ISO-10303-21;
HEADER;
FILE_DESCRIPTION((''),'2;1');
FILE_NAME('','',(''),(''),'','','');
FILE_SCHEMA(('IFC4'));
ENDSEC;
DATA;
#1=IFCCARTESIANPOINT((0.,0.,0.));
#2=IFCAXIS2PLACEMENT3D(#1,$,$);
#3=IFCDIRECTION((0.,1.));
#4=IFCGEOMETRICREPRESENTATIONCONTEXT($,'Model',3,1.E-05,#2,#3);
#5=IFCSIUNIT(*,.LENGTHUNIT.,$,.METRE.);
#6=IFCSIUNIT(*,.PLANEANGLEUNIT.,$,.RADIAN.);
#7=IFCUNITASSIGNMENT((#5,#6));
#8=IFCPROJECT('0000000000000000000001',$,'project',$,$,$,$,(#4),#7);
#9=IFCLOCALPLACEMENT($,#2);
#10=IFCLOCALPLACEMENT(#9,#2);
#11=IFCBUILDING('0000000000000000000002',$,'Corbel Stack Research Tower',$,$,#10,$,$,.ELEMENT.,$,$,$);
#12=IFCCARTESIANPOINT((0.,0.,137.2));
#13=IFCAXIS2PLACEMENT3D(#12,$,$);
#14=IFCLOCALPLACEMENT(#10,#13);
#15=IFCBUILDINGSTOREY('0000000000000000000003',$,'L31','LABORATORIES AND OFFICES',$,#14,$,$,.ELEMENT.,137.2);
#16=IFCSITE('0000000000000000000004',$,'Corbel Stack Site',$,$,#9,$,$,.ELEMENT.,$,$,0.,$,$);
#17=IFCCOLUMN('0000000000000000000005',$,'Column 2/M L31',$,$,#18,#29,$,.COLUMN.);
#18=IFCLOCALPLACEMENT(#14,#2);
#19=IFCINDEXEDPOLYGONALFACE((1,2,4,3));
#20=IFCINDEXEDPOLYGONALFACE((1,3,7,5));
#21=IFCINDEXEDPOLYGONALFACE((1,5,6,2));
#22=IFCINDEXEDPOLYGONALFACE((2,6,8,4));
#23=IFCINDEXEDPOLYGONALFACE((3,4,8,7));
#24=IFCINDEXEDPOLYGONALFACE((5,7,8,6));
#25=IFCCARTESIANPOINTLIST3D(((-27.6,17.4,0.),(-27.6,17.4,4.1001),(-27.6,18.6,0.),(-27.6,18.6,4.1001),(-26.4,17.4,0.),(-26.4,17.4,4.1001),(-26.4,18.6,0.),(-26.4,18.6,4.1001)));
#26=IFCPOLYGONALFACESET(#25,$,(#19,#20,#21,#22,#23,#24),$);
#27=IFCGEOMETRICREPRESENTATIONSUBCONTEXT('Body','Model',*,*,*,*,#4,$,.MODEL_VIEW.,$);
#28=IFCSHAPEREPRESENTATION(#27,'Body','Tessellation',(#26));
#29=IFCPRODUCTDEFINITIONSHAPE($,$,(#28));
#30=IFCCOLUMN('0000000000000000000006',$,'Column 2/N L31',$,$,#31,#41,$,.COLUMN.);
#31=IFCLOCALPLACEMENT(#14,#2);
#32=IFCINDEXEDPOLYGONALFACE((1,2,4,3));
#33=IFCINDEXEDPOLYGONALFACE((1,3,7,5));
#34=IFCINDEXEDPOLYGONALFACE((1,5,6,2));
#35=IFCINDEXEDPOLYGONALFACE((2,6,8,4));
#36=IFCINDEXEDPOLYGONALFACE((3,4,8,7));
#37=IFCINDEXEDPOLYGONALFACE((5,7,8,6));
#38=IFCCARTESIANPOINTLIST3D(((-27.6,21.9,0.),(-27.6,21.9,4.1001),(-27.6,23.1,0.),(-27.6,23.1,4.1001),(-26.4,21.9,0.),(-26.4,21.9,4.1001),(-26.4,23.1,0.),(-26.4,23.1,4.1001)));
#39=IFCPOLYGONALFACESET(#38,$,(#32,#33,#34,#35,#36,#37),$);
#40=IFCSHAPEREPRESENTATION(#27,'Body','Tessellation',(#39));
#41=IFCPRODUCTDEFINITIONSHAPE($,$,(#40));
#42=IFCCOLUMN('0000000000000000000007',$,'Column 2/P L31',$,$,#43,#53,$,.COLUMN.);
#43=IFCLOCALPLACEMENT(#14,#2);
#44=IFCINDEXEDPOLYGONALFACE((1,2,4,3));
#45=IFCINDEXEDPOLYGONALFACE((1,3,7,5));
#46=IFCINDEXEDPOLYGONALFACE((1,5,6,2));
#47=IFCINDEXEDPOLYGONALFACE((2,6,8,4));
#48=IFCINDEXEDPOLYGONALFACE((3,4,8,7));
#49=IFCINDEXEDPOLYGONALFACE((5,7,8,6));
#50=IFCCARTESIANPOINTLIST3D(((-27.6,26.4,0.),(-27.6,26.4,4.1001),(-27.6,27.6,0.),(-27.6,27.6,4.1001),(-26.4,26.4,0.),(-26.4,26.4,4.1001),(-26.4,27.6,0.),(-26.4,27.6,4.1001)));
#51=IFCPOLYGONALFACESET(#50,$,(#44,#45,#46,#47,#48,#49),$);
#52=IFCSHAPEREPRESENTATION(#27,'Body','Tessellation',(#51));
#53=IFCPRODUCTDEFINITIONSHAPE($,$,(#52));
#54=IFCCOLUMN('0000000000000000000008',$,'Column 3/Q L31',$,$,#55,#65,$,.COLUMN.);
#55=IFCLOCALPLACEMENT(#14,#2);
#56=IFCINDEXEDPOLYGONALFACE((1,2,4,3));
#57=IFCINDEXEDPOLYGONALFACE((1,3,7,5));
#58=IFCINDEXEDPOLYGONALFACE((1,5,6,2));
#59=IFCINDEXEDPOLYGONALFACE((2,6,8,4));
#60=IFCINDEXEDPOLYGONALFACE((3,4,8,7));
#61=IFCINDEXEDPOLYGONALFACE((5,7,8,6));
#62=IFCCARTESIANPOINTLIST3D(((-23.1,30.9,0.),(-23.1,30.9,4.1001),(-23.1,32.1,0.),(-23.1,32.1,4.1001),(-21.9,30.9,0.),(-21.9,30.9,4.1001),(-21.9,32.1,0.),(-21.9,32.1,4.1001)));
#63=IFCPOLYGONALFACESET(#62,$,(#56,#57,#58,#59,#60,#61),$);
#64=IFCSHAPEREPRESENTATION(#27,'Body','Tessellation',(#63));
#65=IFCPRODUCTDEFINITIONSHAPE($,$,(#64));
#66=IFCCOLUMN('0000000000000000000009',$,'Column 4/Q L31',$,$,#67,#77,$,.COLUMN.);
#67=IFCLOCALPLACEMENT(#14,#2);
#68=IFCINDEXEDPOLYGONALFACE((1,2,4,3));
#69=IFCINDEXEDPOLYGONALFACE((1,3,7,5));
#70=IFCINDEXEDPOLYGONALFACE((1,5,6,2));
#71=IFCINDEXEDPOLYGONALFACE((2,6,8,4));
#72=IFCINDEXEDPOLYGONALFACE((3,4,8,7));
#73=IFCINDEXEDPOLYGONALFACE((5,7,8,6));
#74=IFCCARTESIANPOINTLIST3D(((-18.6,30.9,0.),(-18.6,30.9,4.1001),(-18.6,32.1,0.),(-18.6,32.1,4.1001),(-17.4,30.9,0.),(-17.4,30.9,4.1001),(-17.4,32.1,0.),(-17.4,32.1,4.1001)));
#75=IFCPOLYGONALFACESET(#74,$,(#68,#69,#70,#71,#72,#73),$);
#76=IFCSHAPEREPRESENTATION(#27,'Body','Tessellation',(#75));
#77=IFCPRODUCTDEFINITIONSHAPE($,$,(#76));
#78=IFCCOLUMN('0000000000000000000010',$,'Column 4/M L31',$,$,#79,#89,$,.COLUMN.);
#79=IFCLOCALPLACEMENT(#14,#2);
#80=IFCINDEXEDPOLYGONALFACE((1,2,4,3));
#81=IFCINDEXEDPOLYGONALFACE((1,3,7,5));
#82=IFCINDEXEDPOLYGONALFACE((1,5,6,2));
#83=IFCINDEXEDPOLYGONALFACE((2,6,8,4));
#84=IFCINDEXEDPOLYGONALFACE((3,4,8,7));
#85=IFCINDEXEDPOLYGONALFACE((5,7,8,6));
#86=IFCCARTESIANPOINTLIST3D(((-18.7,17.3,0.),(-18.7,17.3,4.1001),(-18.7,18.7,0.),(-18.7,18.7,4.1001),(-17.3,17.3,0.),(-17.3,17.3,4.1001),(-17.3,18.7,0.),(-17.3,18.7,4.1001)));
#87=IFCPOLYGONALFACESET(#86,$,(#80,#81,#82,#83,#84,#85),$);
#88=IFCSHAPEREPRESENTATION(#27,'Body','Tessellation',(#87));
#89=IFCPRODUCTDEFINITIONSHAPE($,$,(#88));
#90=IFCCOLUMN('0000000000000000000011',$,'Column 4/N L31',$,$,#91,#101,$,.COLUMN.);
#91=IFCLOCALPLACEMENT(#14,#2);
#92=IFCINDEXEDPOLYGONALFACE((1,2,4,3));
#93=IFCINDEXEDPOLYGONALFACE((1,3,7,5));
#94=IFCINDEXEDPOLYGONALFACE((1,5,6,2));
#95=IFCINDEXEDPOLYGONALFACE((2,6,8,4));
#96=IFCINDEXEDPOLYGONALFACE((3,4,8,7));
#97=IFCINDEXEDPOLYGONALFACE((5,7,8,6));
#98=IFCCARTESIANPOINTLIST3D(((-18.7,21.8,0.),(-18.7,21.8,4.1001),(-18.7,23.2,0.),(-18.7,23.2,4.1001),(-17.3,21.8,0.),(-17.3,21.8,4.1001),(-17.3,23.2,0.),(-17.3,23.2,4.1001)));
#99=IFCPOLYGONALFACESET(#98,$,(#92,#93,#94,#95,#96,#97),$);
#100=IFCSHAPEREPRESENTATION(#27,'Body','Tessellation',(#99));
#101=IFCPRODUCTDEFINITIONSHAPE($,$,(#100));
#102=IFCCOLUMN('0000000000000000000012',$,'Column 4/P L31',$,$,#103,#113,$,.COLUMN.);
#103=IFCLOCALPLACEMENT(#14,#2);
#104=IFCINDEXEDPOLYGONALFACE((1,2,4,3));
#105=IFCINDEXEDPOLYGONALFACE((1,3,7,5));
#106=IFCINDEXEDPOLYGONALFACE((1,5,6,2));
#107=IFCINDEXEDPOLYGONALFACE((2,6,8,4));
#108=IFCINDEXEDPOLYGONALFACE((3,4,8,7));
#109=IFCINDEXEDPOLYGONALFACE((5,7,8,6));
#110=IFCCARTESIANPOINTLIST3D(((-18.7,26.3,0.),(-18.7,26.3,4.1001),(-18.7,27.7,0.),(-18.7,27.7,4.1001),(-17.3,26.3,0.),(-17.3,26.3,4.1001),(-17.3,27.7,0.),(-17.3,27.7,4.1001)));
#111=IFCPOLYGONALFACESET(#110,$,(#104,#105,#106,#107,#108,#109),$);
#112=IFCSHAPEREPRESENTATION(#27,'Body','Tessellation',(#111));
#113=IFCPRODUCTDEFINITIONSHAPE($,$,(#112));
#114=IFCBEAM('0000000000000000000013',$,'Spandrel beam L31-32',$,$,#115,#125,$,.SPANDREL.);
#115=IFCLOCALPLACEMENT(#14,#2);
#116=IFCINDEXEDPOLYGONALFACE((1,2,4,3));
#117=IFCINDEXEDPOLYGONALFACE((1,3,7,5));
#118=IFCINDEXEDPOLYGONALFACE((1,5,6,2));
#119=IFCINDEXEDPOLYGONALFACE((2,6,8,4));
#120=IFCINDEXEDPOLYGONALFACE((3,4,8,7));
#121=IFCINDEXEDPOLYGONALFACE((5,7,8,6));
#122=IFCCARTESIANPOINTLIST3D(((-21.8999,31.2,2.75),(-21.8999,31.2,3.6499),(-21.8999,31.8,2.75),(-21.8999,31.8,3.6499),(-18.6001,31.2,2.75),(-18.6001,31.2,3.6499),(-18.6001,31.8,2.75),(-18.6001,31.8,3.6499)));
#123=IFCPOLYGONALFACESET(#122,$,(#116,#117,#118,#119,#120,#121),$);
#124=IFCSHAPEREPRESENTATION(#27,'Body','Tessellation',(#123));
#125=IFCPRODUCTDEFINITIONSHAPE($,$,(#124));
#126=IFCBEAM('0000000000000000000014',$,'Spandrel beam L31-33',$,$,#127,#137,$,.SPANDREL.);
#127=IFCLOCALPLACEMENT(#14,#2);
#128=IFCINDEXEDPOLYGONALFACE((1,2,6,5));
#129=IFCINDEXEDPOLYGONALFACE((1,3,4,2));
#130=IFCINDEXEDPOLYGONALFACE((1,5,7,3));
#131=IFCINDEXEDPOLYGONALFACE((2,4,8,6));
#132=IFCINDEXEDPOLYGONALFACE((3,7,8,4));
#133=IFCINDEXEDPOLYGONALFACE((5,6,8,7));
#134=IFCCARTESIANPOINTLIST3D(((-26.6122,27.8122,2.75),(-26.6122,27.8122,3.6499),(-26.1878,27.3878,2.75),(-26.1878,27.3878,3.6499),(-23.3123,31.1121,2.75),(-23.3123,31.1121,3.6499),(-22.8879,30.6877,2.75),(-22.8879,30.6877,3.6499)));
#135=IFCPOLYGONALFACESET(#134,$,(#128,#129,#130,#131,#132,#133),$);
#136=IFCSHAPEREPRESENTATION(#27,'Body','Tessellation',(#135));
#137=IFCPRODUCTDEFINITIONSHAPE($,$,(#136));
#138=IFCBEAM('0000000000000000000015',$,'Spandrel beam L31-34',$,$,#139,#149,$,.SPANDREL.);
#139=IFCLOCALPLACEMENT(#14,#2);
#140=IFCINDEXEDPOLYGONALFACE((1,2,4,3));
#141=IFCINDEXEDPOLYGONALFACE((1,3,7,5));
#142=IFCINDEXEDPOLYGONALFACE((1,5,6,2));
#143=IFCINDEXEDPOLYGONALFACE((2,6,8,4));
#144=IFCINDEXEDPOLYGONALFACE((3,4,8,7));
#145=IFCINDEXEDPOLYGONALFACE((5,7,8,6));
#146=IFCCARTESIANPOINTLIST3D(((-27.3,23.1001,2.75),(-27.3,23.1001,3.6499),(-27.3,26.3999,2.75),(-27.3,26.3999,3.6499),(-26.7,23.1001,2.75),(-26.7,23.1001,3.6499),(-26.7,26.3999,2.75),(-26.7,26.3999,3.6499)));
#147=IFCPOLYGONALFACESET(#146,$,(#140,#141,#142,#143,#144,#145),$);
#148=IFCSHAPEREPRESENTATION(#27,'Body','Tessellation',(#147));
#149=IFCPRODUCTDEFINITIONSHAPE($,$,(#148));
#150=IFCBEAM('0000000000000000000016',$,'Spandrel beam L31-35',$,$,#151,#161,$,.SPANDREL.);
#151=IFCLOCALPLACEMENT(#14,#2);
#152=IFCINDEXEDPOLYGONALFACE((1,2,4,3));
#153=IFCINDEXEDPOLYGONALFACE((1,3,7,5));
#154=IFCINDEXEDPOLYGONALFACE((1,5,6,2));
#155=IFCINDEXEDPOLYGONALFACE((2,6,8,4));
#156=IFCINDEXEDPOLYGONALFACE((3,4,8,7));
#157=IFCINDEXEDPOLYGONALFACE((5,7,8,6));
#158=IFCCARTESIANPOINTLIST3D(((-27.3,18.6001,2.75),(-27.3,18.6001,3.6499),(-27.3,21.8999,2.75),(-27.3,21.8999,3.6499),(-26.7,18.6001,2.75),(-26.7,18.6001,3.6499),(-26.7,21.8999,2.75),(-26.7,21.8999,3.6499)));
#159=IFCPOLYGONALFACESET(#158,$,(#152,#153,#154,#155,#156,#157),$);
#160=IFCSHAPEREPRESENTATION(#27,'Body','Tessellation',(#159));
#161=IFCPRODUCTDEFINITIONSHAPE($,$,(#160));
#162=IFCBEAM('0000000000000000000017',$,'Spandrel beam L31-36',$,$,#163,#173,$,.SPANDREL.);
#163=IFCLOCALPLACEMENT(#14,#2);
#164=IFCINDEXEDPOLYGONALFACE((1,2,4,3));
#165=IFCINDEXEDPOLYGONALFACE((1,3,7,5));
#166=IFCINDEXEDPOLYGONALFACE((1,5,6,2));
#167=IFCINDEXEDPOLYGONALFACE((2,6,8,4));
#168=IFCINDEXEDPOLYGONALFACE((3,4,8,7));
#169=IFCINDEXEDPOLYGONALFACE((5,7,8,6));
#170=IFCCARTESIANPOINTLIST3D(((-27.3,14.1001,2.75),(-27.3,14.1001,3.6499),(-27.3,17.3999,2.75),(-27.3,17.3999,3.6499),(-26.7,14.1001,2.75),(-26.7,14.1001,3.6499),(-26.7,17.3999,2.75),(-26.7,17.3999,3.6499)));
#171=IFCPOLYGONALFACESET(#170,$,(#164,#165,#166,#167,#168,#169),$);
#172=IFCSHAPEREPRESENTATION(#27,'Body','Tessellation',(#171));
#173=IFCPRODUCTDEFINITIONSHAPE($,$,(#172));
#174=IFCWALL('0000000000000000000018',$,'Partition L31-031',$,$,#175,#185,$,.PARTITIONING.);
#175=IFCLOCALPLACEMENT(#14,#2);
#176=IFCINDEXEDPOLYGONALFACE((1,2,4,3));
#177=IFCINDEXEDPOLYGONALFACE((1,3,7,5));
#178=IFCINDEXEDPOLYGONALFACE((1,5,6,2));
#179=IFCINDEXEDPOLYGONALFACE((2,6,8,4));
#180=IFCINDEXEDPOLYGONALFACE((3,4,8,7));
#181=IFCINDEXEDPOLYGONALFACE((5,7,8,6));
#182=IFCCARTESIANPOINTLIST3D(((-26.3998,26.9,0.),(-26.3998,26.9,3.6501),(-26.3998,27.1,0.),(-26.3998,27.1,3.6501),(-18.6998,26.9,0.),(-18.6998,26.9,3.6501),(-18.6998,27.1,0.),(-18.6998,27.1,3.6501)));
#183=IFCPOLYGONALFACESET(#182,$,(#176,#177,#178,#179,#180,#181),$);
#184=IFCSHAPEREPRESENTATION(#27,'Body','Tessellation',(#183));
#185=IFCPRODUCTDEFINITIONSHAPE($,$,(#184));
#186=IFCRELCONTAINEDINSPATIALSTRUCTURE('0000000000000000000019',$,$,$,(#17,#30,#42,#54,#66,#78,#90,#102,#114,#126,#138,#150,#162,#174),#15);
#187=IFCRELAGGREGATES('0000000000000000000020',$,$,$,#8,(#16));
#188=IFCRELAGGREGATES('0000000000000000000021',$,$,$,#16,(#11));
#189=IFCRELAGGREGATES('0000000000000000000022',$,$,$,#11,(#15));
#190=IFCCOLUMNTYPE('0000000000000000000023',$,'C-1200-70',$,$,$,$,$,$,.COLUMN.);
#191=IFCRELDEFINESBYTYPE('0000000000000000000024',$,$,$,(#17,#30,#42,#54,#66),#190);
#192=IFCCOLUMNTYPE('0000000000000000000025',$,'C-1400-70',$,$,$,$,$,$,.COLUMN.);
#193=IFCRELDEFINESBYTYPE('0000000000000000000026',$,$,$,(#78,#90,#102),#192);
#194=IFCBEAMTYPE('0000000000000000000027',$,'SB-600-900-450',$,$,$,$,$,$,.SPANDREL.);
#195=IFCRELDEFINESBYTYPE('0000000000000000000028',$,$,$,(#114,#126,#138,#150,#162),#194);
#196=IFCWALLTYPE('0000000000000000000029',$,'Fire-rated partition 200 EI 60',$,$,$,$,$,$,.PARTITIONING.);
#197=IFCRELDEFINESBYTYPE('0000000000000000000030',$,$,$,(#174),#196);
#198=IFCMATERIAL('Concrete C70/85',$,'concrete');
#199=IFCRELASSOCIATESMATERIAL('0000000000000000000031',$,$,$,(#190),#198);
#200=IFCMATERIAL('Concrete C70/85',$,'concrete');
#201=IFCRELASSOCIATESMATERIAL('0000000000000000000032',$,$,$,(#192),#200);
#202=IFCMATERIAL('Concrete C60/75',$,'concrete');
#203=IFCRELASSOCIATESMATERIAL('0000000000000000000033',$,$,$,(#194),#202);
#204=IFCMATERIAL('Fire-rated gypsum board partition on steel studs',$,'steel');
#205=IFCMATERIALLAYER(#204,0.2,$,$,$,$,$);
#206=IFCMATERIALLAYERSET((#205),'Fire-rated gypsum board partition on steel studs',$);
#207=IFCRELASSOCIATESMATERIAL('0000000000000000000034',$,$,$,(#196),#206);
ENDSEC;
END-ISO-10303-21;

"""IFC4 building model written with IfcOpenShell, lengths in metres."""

from ifc_helpers import new_model, si_unit, direction, frame, frame_2d, origin, origin_2d, place, context, subcontext, project, spatial, rectangle, extrude, material, layer, layer_set, material_profile, profile_set, type_object, element, save


model = new_model("IFC4")

# Units and contexts
model_context = context("Model", 3, precision=1e-05, world=origin(), true_north=direction((0.0, 1.0)))
body_context = subcontext(model_context, "Body", "Model", "MODEL_VIEW")
ifc_project = project(units=[si_unit("LENGTHUNIT", "METRE"), si_unit("PLANEANGLEUNIT", "RADIAN")], contexts=[model_context])

# Site, building, storey
site_placement = place(None, origin())
site = spatial("IfcSite", under=ifc_project, at=site_placement, Name="Corbel Stack Site", CompositionType="ELEMENT", RefElevation=0.0)
building_placement = place(site_placement, origin())
building = spatial("IfcBuilding", under=site, at=building_placement, Name="Corbel Stack Research Tower", CompositionType="ELEMENT")
storey_placement = place(building_placement, frame((0.0, 0.0, 137.2)))
storey = spatial("IfcBuildingStorey", under=building, at=storey_placement, Name="L31", Description="LABORATORIES AND OFFICES", CompositionType="ELEMENT", Elevation=137.2)

# Columns
ifc_material_1 = material(Name="Concrete C70/85", Category="concrete")
ifc_material_profile_1 = material_profile(ifc_material_1, rectangle(XDim=1.2, YDim=1.2, at=origin_2d()), Name="RC 1200 x 1200")
ifc_profile_set_1 = profile_set([ifc_material_profile_1], Name="Concrete C70/85")
column_type_1 = type_object("IfcColumnType", Name="C-1200-70", PredefinedType="COLUMN", material=ifc_profile_set_1)
for number, where, z_axis, x_axis, name in (
    (1, (-27.0, 18.0, 0.0), (0.0, 0.0, 1.0), (1.0, 0.0, 0.0), "Column 2/M L31"),
    (2, (-27.0, 22.5, 0.0), (0.0, 0.0, 1.0), (1.0, 0.0, 0.0), "Column 2/N L31"),
    (3, (-27.0, 27.0, 0.0), (0.0, 0.0, 1.0), (1.0, 0.0, 0.0), "Column 2/P L31"),
    (4, (-22.5, 31.5, 0.0), (0.0, 0.0, 1.0), (1.0, 0.0, 0.0), "Column 3/Q L31"),
    (5, (-18.0, 31.5, 0.0), (0.0, 0.0, 1.0), (1.0, 0.0, 0.0), "Column 4/Q L31"),
):
    element("IfcColumn", number, at=place(storey_placement, frame(where, z_axis=z_axis, x_axis=x_axis)), inside=storey, type_object=column_type_1, Name=name, PredefinedType="COLUMN", context=body_context, shape_type="SweptSolid", body=[
        extrude(rectangle(XDim=1.2, YDim=1.2, at=origin_2d()), origin(), (0.0, 0.0, 1.0), 4.1001),
    ])
ifc_material_2 = material(Name="Concrete C70/85", Category="concrete")
ifc_material_profile_2 = material_profile(ifc_material_2, rectangle(XDim=1.3999, YDim=1.3999, at=origin_2d()), Name="RC 1400 x 1400")
ifc_profile_set_2 = profile_set([ifc_material_profile_2], Name="Concrete C70/85")
column_type_2 = type_object("IfcColumnType", Name="C-1400-70", PredefinedType="COLUMN", material=ifc_profile_set_2)
for number, where, z_axis, x_axis, name in (
    (6, (-18.0, 18.0, 0.0), (0.0, 0.0, 1.0), (1.0, 0.0, 0.0), "Column 4/M L31"),
    (7, (-18.0, 22.5, 0.0), (0.0, 0.0, 1.0), (1.0, 0.0, 0.0), "Column 4/N L31"),
    (8, (-18.0, 27.0, 0.0), (0.0, 0.0, 1.0), (1.0, 0.0, 0.0), "Column 4/P L31"),
):
    element("IfcColumn", number, at=place(storey_placement, frame(where, z_axis=z_axis, x_axis=x_axis)), inside=storey, type_object=column_type_2, Name=name, PredefinedType="COLUMN", context=body_context, shape_type="SweptSolid", body=[
        extrude(rectangle(XDim=1.3999, YDim=1.3999, at=origin_2d()), origin(), (0.0, 0.0, 1.0), 4.1001),
    ])

# Beams
ifc_material_3 = material(Name="Concrete C60/75", Category="concrete")
ifc_material_profile_3 = material_profile(ifc_material_3, rectangle(XDim=0.6001, YDim=0.8999, at=origin_2d()), Name="RC 600 x 900")
ifc_profile_set_3 = profile_set([ifc_material_profile_3], Name="Concrete C60/75")
beam_type = type_object("IfcBeamType", Name="SB-600-900-450", PredefinedType="SPANDREL", material=ifc_profile_set_3)
beam_1_placement = place(storey_placement, frame((-18.6001, 31.5, 3.2), z_axis=(-1.0, 0.0, 0.0), x_axis=(0.0, -1.0, 0.0)))
element("IfcBeam", 9, at=beam_1_placement, inside=storey, type_object=beam_type, Name="Spandrel beam L31-32", PredefinedType="SPANDREL", context=body_context, shape_type="SweptSolid", body=[
    extrude(rectangle(XDim=0.6001, YDim=0.8999, at=origin_2d()), origin(), (0.0, 0.0, 1.0), 3.2998),
])
beam_2_placement = place(storey_placement, frame((-23.1001, 30.8999, 3.2), z_axis=(-0.707107, -0.707107, 0.0), x_axis=(0.707107, -0.707107, 0.0)))
element("IfcBeam", 10, at=beam_2_placement, inside=storey, type_object=beam_type, Name="Spandrel beam L31-33", PredefinedType="SPANDREL", context=body_context, shape_type="SweptSolid", body=[
    extrude(rectangle(XDim=0.6001, YDim=0.8999, at=origin_2d()), origin(), (0.0, 0.0, 1.0), 4.6667),
])
for number, where, z_axis, x_axis, name in (
    (11, (-27.0, 26.3999, 3.2), (0.0, -1.0, 0.0), (1.0, 0.0, 0.0), "Spandrel beam L31-34"),
    (12, (-27.0, 21.8999, 3.2), (0.0, -1.0, 0.0), (1.0, 0.0, 0.0), "Spandrel beam L31-35"),
    (13, (-27.0, 17.3999, 3.2), (0.0, -1.0, 0.0), (1.0, 0.0, 0.0), "Spandrel beam L31-36"),
):
    element("IfcBeam", number, at=place(storey_placement, frame(where, z_axis=z_axis, x_axis=x_axis)), inside=storey, type_object=beam_type, Name=name, PredefinedType="SPANDREL", context=body_context, shape_type="SweptSolid", body=[
        extrude(rectangle(XDim=0.6001, YDim=0.8999, at=origin_2d()), origin(), (0.0, 0.0, 1.0), 3.2998),
    ])

# Wall
ifc_material_4 = material(Name="Fire-rated gypsum board partition on steel studs", Category="steel")
ifc_layer_1 = layer(ifc_material_4, 0.2)
ifc_layer_set_1 = layer_set([ifc_layer_1], Name="Fire-rated gypsum board partition on steel studs")
wall_type_1 = type_object("IfcWallType", Name="Fire-rated partition 200 EI 60", PredefinedType="PARTITIONING", material=ifc_layer_set_1)
wall_1_placement = place(storey_placement, frame((-26.3999, 27.0, 0.0), z_axis=(0.0, 0.0, 1.0), x_axis=(1.0, 0.0, 0.0)))
element("IfcWall", 14, at=wall_1_placement, inside=storey, type_object=wall_type_1, Name="Partition L31-031", PredefinedType="PARTITIONING", context=body_context, shape_type="SweptSolid", body=[
    extrude(rectangle(XDim=7.7, YDim=0.2, at=frame_2d((3.8501, 0.0))), origin(), (0.0, 0.0, 1.0), 3.6501),
])

save(model, "model.ifc")
